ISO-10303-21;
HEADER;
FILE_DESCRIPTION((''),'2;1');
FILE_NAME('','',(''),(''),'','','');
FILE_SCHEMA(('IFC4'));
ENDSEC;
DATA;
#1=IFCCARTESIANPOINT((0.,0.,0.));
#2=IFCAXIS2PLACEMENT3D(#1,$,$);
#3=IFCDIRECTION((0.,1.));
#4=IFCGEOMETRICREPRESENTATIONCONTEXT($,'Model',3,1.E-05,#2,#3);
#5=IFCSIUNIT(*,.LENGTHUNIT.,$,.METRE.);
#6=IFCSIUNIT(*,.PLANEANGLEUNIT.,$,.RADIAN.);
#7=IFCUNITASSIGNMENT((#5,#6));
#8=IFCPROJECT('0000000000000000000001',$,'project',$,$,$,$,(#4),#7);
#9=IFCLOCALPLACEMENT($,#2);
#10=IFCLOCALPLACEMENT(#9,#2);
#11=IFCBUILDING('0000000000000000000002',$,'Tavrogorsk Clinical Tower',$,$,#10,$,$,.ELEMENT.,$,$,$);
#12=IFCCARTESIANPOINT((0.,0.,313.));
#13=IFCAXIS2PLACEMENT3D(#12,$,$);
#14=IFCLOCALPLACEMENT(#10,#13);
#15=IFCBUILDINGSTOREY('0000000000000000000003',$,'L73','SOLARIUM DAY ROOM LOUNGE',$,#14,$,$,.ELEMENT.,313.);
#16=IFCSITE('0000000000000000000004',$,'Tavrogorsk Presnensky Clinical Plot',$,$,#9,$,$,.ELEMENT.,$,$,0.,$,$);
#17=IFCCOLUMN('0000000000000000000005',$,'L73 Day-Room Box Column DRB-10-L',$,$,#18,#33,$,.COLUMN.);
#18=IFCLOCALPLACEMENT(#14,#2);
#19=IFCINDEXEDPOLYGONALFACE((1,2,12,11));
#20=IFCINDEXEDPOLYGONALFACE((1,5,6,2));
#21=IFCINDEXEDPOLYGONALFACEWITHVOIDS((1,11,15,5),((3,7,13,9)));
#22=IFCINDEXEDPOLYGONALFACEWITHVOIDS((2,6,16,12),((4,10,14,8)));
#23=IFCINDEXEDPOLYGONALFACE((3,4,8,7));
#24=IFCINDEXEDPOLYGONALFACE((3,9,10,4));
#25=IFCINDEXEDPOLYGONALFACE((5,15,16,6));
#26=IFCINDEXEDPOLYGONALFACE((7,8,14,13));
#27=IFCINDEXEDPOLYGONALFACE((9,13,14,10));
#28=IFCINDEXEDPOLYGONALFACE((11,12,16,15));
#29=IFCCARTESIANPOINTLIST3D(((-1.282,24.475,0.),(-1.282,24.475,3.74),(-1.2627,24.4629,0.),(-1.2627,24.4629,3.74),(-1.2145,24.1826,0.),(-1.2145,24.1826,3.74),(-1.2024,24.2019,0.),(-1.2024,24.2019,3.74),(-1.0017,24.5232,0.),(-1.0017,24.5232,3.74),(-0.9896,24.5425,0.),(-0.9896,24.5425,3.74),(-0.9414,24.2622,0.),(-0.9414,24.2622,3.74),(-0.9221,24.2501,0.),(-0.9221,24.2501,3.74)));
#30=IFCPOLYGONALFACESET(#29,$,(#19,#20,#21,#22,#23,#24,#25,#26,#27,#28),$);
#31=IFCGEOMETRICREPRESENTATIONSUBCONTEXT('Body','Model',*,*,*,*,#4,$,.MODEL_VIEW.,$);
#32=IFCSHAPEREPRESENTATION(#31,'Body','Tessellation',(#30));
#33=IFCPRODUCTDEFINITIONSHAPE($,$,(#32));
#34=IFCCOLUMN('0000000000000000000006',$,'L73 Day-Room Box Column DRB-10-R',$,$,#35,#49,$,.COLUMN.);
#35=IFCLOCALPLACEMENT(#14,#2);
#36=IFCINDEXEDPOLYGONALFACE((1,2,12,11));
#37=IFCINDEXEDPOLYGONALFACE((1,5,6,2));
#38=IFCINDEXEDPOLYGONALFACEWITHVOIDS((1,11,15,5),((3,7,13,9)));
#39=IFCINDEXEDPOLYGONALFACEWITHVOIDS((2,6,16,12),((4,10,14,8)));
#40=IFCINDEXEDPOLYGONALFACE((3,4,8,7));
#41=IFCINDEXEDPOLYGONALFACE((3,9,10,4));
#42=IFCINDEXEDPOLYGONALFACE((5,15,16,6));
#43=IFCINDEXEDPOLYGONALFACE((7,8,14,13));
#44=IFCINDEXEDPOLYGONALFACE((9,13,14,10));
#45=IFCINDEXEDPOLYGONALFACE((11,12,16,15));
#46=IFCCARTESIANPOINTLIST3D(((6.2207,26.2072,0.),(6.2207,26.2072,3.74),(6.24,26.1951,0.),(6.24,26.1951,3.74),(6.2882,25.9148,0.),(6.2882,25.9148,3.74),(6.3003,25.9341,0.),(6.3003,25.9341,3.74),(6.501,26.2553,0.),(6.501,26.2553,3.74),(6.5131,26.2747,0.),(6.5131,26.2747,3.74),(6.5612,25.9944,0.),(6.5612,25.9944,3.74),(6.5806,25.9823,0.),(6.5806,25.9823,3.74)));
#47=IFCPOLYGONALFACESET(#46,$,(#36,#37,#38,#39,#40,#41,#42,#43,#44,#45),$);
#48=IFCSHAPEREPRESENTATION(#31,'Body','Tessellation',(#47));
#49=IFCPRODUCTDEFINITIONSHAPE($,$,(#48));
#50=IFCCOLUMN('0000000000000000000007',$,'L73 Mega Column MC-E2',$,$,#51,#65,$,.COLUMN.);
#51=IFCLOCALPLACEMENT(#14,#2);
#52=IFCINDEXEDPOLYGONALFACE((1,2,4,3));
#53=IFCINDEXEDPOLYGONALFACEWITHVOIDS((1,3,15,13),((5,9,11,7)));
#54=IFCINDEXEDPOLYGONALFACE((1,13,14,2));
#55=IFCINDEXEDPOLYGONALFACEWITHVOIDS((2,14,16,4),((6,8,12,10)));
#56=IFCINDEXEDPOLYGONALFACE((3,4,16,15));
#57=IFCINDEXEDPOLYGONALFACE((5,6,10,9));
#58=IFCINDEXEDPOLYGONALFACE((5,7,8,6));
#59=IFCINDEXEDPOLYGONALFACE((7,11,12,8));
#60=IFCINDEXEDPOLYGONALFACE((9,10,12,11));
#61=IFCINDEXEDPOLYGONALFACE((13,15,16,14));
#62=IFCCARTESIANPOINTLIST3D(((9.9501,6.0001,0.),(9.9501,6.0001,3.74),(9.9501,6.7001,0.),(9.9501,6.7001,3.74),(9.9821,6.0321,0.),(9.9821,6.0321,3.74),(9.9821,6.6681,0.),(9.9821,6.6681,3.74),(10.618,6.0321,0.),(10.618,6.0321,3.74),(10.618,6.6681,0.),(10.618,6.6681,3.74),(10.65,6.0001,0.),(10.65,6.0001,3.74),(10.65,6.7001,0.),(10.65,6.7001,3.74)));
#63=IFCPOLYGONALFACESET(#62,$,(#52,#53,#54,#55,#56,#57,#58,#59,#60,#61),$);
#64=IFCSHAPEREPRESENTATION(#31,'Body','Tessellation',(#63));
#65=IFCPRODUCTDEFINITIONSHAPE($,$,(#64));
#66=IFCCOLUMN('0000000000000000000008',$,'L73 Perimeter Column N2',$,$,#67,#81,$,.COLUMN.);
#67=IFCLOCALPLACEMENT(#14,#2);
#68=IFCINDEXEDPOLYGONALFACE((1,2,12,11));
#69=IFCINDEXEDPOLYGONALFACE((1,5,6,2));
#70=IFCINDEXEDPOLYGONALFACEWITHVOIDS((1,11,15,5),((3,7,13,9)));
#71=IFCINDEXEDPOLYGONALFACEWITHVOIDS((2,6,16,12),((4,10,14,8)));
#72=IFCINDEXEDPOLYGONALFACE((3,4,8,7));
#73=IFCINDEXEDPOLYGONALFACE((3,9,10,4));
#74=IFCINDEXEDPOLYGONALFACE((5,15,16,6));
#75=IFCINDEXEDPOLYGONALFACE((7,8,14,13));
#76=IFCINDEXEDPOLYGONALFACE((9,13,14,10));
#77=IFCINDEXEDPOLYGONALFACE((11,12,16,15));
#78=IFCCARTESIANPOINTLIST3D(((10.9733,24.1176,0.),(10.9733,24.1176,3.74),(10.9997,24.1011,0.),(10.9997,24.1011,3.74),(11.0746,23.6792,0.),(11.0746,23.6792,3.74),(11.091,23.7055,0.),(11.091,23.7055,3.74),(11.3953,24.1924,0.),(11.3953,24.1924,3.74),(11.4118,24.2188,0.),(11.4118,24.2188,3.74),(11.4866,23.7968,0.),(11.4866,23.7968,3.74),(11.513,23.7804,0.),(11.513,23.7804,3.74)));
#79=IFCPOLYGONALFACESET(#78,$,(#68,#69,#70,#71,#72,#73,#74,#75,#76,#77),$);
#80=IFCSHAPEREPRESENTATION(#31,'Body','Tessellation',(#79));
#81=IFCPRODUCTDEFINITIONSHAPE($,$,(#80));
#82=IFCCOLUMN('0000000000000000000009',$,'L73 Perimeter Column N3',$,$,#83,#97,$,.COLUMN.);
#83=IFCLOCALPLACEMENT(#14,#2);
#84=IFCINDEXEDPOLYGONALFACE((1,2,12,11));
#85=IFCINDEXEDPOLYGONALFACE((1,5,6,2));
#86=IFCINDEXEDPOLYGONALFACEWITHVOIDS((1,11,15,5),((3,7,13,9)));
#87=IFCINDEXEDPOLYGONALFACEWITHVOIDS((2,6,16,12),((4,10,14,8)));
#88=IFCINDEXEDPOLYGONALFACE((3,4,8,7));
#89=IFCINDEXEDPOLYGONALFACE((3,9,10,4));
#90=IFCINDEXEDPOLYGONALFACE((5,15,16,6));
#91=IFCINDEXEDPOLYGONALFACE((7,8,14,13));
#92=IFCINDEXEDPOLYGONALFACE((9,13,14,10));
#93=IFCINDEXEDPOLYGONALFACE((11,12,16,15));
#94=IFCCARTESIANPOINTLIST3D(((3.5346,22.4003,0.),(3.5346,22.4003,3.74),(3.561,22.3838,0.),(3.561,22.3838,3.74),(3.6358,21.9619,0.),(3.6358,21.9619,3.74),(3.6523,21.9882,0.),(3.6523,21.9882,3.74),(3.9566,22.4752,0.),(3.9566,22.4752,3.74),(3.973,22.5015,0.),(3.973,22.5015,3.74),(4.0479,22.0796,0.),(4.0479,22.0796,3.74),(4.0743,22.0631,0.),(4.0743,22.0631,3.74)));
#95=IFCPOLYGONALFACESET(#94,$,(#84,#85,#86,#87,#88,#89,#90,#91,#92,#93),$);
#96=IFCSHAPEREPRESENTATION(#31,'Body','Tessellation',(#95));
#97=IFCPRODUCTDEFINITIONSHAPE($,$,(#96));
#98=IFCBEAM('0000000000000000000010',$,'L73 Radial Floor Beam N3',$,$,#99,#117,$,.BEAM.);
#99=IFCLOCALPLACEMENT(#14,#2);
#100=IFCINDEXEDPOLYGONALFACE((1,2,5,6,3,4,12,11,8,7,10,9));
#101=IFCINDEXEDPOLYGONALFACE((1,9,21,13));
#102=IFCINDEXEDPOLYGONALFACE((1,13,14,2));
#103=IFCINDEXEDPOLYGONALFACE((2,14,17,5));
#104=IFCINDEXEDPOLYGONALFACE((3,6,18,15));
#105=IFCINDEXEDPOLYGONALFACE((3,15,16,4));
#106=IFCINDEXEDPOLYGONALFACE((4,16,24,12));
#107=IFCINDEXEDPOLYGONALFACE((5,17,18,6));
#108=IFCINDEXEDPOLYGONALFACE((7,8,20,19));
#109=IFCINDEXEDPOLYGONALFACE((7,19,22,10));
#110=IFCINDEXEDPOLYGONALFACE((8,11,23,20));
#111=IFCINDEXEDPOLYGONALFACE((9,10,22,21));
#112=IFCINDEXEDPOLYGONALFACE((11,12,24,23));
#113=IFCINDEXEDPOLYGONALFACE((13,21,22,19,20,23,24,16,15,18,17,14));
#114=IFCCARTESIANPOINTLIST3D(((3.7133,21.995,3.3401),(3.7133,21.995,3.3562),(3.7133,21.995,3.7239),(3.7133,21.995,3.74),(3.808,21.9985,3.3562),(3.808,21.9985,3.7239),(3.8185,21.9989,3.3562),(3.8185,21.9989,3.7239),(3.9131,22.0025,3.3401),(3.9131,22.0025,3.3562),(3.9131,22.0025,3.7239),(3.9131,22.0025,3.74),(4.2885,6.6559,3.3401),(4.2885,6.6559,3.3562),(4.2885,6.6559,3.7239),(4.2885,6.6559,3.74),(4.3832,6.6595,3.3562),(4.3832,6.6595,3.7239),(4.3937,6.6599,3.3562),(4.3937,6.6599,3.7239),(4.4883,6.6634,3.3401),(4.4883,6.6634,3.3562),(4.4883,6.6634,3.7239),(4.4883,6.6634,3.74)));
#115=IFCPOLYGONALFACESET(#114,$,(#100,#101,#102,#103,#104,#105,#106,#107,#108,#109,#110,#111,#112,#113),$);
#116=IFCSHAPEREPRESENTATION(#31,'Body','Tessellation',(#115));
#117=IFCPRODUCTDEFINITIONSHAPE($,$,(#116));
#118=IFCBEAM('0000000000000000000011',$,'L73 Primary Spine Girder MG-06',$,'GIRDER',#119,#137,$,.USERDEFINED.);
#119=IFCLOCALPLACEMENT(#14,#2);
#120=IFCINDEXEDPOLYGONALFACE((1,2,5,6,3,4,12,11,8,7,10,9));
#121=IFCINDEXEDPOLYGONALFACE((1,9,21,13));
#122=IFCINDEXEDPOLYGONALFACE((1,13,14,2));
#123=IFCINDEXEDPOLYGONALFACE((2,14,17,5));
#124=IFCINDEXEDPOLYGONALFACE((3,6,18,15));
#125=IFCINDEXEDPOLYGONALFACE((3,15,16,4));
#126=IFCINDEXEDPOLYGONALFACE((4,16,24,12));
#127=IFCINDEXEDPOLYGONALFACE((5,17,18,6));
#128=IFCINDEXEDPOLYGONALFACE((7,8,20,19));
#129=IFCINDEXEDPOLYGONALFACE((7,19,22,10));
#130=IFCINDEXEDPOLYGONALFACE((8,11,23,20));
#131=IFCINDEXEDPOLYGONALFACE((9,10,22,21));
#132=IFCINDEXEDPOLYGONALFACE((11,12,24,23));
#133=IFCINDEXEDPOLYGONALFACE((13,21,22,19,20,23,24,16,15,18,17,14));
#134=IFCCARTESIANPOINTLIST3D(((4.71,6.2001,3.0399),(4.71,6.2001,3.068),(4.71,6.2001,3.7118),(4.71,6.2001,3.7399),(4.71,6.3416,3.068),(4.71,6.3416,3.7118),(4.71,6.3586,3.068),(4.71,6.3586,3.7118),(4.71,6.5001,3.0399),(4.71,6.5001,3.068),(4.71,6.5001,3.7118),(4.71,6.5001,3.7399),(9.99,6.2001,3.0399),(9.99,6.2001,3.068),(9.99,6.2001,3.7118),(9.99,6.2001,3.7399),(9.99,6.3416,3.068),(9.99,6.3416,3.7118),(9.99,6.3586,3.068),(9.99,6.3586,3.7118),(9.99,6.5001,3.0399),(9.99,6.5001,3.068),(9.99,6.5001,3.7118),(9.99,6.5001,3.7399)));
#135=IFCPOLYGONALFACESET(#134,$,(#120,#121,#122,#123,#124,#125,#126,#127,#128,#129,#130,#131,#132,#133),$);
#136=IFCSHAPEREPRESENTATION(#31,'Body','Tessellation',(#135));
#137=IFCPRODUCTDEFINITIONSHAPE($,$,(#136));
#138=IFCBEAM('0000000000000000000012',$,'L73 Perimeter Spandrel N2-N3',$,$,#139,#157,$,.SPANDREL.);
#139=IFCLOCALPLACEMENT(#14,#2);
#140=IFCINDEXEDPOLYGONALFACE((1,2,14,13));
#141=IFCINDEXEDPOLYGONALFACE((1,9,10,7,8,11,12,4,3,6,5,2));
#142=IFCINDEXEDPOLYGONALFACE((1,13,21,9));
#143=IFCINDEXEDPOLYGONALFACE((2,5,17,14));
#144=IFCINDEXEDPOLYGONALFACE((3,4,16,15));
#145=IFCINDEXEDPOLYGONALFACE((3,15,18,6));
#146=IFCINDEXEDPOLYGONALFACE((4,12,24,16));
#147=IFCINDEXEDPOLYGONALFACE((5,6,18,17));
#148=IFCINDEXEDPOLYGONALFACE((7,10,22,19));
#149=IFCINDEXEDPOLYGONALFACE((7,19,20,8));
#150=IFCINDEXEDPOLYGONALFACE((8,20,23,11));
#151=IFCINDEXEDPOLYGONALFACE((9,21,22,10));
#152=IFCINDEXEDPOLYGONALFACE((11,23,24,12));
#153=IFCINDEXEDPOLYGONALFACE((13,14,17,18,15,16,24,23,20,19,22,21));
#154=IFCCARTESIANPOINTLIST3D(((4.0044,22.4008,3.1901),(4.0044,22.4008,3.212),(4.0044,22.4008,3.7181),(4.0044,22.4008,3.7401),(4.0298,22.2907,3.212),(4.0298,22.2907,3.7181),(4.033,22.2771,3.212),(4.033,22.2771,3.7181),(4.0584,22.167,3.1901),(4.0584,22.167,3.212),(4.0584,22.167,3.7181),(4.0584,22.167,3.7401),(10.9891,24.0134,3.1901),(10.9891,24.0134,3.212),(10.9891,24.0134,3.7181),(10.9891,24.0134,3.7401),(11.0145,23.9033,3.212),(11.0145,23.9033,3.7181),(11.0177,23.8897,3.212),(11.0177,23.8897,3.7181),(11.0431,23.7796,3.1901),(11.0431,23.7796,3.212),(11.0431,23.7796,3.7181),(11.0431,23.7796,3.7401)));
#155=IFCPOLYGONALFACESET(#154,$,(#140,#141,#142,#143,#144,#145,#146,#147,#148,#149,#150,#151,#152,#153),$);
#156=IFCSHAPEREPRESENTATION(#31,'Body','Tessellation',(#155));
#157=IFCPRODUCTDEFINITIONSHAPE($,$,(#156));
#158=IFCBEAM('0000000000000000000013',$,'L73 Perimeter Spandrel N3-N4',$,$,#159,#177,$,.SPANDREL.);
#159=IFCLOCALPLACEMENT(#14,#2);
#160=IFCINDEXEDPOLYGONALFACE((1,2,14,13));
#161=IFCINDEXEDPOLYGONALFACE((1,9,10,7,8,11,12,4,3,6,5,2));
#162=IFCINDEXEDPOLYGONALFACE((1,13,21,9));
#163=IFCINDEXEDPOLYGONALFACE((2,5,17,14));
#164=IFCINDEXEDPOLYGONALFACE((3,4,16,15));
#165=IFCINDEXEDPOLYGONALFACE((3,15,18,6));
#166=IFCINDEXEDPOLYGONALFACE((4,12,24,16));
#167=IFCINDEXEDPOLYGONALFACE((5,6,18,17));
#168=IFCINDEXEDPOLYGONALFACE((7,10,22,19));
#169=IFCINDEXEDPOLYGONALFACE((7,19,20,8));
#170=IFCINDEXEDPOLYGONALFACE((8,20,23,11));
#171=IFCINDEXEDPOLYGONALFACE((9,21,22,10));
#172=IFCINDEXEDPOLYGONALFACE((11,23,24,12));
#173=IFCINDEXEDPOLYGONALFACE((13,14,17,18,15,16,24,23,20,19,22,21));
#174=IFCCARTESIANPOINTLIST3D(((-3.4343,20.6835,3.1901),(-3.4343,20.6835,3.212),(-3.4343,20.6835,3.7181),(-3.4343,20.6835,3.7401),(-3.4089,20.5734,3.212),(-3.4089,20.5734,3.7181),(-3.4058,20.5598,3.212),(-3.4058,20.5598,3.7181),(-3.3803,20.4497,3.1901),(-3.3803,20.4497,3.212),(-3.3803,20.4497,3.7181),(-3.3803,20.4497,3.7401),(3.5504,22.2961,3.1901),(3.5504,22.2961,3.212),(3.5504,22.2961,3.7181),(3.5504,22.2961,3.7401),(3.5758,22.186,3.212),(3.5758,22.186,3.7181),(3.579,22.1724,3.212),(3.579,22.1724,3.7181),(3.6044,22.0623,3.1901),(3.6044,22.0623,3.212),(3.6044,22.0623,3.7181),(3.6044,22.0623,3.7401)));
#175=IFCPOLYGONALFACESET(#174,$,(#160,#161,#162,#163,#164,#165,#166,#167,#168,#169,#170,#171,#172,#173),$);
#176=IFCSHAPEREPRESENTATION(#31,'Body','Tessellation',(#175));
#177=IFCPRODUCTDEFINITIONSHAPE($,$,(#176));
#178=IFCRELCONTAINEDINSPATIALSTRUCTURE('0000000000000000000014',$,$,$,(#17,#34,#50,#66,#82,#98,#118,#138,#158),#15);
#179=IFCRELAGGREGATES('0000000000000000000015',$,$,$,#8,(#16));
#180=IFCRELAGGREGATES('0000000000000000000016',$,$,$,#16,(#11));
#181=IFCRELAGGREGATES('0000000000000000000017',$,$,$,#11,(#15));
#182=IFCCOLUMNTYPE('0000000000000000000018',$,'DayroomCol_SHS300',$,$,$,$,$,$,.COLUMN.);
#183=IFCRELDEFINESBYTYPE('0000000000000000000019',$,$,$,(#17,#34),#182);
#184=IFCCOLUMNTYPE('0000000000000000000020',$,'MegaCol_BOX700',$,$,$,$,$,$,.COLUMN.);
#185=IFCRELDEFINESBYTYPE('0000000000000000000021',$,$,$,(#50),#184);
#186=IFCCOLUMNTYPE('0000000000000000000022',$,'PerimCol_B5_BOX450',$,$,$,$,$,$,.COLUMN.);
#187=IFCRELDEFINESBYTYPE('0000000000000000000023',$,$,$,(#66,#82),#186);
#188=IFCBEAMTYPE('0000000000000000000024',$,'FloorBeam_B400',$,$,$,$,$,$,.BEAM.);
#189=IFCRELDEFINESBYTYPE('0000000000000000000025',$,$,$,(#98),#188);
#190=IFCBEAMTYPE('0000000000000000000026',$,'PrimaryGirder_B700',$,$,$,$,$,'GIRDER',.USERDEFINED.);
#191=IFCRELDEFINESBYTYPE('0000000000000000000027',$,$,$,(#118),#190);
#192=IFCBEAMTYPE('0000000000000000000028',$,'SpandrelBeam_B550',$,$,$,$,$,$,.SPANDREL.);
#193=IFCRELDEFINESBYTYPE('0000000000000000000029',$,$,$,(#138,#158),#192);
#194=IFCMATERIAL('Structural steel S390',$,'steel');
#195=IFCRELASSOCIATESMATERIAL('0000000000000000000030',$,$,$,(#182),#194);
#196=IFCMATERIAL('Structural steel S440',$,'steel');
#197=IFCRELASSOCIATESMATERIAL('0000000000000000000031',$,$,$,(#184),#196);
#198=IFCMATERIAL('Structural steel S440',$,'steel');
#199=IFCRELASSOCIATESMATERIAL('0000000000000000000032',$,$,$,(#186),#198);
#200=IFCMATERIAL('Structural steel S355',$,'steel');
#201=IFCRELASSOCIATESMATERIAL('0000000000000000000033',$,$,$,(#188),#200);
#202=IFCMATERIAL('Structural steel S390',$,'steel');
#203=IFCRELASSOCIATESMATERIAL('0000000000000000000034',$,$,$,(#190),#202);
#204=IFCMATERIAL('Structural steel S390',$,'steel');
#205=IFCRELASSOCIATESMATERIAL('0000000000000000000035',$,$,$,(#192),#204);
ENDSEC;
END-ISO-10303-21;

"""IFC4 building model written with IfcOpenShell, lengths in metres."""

from ifc_helpers import new_model, si_unit, direction, frame, origin, origin_2d, place, context, subcontext, project, spatial, hollow_rectangle, i_section, extrude, material, material_profile, profile_set, type_object, element, save


model = new_model("IFC4")

# Units and contexts
model_context = context("Model", 3, precision=1e-05, world=origin(), true_north=direction((0.0, 1.0)))
body_context = subcontext(model_context, "Body", "Model", "MODEL_VIEW")
ifc_project = project(units=[si_unit("LENGTHUNIT", "METRE"), si_unit("PLANEANGLEUNIT", "RADIAN")], contexts=[model_context])

# Site, building, storey
site_placement = place(None, origin())
site = spatial("IfcSite", under=ifc_project, at=site_placement, Name="Tavrogorsk Presnensky Clinical Plot", CompositionType="ELEMENT", RefElevation=0.0)
building_placement = place(site_placement, origin())
building = spatial("IfcBuilding", under=site, at=building_placement, Name="Tavrogorsk Clinical Tower", CompositionType="ELEMENT")
storey_placement = place(building_placement, frame((0.0, 0.0, 313.0)))
storey = spatial("IfcBuildingStorey", under=building, at=storey_placement, Name="L73", Description="SOLARIUM DAY ROOM LOUNGE", CompositionType="ELEMENT", Elevation=313.0)

# Columns
ifc_material_1 = material(Name="Structural steel S390", Category="steel")
ifc_material_profile_1 = material_profile(ifc_material_1, hollow_rectangle(XDim=0.3, YDim=0.3, WallThickness=0.0161, at=origin_2d()), Name="SHS-300x300x16")
ifc_profile_set_1 = profile_set([ifc_material_profile_1], Name="Structural steel S390")
column_type_1 = type_object("IfcColumnType", Name="DayroomCol_SHS300", PredefinedType="COLUMN", material=ifc_profile_set_1)
for number, where, z_axis, x_axis, name in (
    (1, (-1.1021, 24.3625, 0.0), (0.0, 0.0, 1.0), (0.97437, 0.224951, 0.0), "L73 Day-Room Box Column DRB-10-L"),
    (2, (6.4006, 26.0947, 0.0), (0.0, 0.0, 1.0), (0.97437, 0.224951, 0.0), "L73 Day-Room Box Column DRB-10-R"),
):
    element("IfcColumn", number, at=place(storey_placement, frame(where, z_axis=z_axis, x_axis=x_axis)), inside=storey, type_object=column_type_1, Name=name, PredefinedType="COLUMN", context=body_context, shape_type="SweptSolid", body=[
        extrude(hollow_rectangle(XDim=0.3, YDim=0.3, WallThickness=0.0161, at=origin_2d()), origin(), (0.0, 0.0, 1.0), 3.74),
    ])
ifc_material_2 = material(Name="Structural steel S440", Category="steel")
ifc_material_profile_2 = material_profile(ifc_material_2, hollow_rectangle(XDim=0.7, YDim=0.7, WallThickness=0.032, at=origin_2d()), Name="BOX-700x700x32")
ifc_profile_set_2 = profile_set([ifc_material_profile_2], Name="Structural steel S440")
column_type_2 = type_object("IfcColumnType", Name="MegaCol_BOX700", PredefinedType="COLUMN", material=ifc_profile_set_2)
column_placement = place(storey_placement, frame((10.3, 6.3501, 0.0), z_axis=(0.0, 0.0, 1.0), x_axis=(1.0, 0.0, 0.0)))
element("IfcColumn", 3, at=column_placement, inside=storey, type_object=column_type_2, Name="L73 Mega Column MC-E2", PredefinedType="COLUMN", context=body_context, shape_type="SweptSolid", body=[
    extrude(hollow_rectangle(XDim=0.7, YDim=0.7, WallThickness=0.032, at=origin_2d()), origin(), (0.0, 0.0, 1.0), 3.74),
])
ifc_material_3 = material(Name="Structural steel S440", Category="steel")
ifc_material_profile_3 = material_profile(ifc_material_3, hollow_rectangle(XDim=0.45, YDim=0.45, WallThickness=0.022, at=origin_2d()), Name="BOX-450x450x22")
ifc_profile_set_3 = profile_set([ifc_material_profile_3], Name="Structural steel S440")
column_type_3 = type_object("IfcColumnType", Name="PerimCol_B5_BOX450", PredefinedType="COLUMN", material=ifc_profile_set_3)
for number, where, z_axis, x_axis, name in (
    (4, (11.2432, 23.949, 0.0), (0.0, 0.0, 1.0), (0.97437, 0.224951, 0.0), "L73 Perimeter Column N2"),
    (5, (3.8044, 22.2317, 0.0), (0.0, 0.0, 1.0), (0.97437, 0.224951, 0.0), "L73 Perimeter Column N3"),
):
    element("IfcColumn", number, at=place(storey_placement, frame(where, z_axis=z_axis, x_axis=x_axis)), inside=storey, type_object=column_type_3, Name=name, PredefinedType="COLUMN", context=body_context, shape_type="SweptSolid", body=[
        extrude(hollow_rectangle(XDim=0.45, YDim=0.45, WallThickness=0.022, at=origin_2d()), origin(), (0.0, 0.0, 1.0), 3.74),
    ])

# Beams
ifc_material_4 = material(Name="Structural steel S355", Category="steel")
ifc_material_profile_4 = material_profile(ifc_material_4, i_section(OverallWidth=0.2, OverallDepth=0.3999, WebThickness=0.0105, FlangeThickness=0.0161, at=origin_2d()), Name="B-400x200x10.5x16")
ifc_profile_set_4 = profile_set([ifc_material_profile_4], Name="Structural steel S355")
beam_type_1 = type_object("IfcBeamType", Name="FloorBeam_B400", PredefinedType="BEAM", material=ifc_profile_set_4)
beam_1_placement = place(storey_placement, frame((4.3884, 6.6597, 3.54), z_axis=(-0.037472, 0.999298, 0.0), x_axis=(-0.999298, -0.037472, 0.0)))
element("IfcBeam", 6, at=beam_1_placement, inside=storey, type_object=beam_type_1, Name="L73 Radial Floor Beam N3", PredefinedType="BEAM", context=body_context, shape_type="SweptSolid", body=[
    extrude(i_section(OverallWidth=0.2, OverallDepth=0.3999, WebThickness=0.0105, FlangeThickness=0.0161, at=origin_2d()), origin(), (0.0, 0.0, 1.0), 15.3499),
])
ifc_material_5 = material(Name="Structural steel S390", Category="steel")
ifc_material_profile_5 = material_profile(ifc_material_5, i_section(OverallWidth=0.3, OverallDepth=0.7, WebThickness=0.0171, FlangeThickness=0.0281, at=origin_2d()), Name="B-700x300x17x28")
ifc_profile_set_5 = profile_set([ifc_material_profile_5], Name="Structural steel S390")
beam_type_2 = type_object("IfcBeamType", Name="PrimaryGirder_B700", ElementType="GIRDER", PredefinedType="USERDEFINED", material=ifc_profile_set_5)
beam_2_placement = place(storey_placement, frame((4.71, 6.3501, 3.3899), z_axis=(1.0, 0.0, 0.0), x_axis=(0.0, 1.0, 0.0)))
element("IfcBeam", 7, at=beam_2_placement, inside=storey, type_object=beam_type_2, Name="L73 Primary Spine Girder MG-06", ObjectType="GIRDER", PredefinedType="USERDEFINED", context=body_context, shape_type="SweptSolid", body=[
    extrude(i_section(OverallWidth=0.3, OverallDepth=0.7, WebThickness=0.0171, FlangeThickness=0.0281, at=origin_2d()), origin(), (0.0, 0.0, 1.0), 5.28),
])
ifc_material_6 = material(Name="Structural steel S390", Category="steel")
ifc_material_profile_6 = material_profile(ifc_material_6, i_section(OverallWidth=0.24, OverallDepth=0.55, WebThickness=0.0139, FlangeThickness=0.022, at=origin_2d()), Name="B-550x240x14x22")
ifc_profile_set_6 = profile_set([ifc_material_profile_6], Name="Structural steel S390")
beam_type_3 = type_object("IfcBeamType", Name="SpandrelBeam_B550", PredefinedType="SPANDREL", material=ifc_profile_set_6)
for number, where, z_axis, x_axis, name in (
    (8, (11.0161, 23.8965, 3.4651), (-0.974369, -0.224954, 0.0), (0.224954, -0.974369, 0.0), "L73 Perimeter Spandrel N2-N3"),
    (9, (3.5774, 22.1792, 3.4651), (-0.974369, -0.224954, 0.0), (0.224954, -0.974369, 0.0), "L73 Perimeter Spandrel N3-N4"),
):
    element("IfcBeam", number, at=place(storey_placement, frame(where, z_axis=z_axis, x_axis=x_axis)), inside=storey, type_object=beam_type_3, Name=name, PredefinedType="SPANDREL", context=body_context, shape_type="SweptSolid", body=[
        extrude(i_section(OverallWidth=0.24, OverallDepth=0.55, WebThickness=0.0139, FlangeThickness=0.022, at=origin_2d()), origin(), (0.0, 0.0, 1.0), 7.1685),
    ])

save(model, "model.ifc")
